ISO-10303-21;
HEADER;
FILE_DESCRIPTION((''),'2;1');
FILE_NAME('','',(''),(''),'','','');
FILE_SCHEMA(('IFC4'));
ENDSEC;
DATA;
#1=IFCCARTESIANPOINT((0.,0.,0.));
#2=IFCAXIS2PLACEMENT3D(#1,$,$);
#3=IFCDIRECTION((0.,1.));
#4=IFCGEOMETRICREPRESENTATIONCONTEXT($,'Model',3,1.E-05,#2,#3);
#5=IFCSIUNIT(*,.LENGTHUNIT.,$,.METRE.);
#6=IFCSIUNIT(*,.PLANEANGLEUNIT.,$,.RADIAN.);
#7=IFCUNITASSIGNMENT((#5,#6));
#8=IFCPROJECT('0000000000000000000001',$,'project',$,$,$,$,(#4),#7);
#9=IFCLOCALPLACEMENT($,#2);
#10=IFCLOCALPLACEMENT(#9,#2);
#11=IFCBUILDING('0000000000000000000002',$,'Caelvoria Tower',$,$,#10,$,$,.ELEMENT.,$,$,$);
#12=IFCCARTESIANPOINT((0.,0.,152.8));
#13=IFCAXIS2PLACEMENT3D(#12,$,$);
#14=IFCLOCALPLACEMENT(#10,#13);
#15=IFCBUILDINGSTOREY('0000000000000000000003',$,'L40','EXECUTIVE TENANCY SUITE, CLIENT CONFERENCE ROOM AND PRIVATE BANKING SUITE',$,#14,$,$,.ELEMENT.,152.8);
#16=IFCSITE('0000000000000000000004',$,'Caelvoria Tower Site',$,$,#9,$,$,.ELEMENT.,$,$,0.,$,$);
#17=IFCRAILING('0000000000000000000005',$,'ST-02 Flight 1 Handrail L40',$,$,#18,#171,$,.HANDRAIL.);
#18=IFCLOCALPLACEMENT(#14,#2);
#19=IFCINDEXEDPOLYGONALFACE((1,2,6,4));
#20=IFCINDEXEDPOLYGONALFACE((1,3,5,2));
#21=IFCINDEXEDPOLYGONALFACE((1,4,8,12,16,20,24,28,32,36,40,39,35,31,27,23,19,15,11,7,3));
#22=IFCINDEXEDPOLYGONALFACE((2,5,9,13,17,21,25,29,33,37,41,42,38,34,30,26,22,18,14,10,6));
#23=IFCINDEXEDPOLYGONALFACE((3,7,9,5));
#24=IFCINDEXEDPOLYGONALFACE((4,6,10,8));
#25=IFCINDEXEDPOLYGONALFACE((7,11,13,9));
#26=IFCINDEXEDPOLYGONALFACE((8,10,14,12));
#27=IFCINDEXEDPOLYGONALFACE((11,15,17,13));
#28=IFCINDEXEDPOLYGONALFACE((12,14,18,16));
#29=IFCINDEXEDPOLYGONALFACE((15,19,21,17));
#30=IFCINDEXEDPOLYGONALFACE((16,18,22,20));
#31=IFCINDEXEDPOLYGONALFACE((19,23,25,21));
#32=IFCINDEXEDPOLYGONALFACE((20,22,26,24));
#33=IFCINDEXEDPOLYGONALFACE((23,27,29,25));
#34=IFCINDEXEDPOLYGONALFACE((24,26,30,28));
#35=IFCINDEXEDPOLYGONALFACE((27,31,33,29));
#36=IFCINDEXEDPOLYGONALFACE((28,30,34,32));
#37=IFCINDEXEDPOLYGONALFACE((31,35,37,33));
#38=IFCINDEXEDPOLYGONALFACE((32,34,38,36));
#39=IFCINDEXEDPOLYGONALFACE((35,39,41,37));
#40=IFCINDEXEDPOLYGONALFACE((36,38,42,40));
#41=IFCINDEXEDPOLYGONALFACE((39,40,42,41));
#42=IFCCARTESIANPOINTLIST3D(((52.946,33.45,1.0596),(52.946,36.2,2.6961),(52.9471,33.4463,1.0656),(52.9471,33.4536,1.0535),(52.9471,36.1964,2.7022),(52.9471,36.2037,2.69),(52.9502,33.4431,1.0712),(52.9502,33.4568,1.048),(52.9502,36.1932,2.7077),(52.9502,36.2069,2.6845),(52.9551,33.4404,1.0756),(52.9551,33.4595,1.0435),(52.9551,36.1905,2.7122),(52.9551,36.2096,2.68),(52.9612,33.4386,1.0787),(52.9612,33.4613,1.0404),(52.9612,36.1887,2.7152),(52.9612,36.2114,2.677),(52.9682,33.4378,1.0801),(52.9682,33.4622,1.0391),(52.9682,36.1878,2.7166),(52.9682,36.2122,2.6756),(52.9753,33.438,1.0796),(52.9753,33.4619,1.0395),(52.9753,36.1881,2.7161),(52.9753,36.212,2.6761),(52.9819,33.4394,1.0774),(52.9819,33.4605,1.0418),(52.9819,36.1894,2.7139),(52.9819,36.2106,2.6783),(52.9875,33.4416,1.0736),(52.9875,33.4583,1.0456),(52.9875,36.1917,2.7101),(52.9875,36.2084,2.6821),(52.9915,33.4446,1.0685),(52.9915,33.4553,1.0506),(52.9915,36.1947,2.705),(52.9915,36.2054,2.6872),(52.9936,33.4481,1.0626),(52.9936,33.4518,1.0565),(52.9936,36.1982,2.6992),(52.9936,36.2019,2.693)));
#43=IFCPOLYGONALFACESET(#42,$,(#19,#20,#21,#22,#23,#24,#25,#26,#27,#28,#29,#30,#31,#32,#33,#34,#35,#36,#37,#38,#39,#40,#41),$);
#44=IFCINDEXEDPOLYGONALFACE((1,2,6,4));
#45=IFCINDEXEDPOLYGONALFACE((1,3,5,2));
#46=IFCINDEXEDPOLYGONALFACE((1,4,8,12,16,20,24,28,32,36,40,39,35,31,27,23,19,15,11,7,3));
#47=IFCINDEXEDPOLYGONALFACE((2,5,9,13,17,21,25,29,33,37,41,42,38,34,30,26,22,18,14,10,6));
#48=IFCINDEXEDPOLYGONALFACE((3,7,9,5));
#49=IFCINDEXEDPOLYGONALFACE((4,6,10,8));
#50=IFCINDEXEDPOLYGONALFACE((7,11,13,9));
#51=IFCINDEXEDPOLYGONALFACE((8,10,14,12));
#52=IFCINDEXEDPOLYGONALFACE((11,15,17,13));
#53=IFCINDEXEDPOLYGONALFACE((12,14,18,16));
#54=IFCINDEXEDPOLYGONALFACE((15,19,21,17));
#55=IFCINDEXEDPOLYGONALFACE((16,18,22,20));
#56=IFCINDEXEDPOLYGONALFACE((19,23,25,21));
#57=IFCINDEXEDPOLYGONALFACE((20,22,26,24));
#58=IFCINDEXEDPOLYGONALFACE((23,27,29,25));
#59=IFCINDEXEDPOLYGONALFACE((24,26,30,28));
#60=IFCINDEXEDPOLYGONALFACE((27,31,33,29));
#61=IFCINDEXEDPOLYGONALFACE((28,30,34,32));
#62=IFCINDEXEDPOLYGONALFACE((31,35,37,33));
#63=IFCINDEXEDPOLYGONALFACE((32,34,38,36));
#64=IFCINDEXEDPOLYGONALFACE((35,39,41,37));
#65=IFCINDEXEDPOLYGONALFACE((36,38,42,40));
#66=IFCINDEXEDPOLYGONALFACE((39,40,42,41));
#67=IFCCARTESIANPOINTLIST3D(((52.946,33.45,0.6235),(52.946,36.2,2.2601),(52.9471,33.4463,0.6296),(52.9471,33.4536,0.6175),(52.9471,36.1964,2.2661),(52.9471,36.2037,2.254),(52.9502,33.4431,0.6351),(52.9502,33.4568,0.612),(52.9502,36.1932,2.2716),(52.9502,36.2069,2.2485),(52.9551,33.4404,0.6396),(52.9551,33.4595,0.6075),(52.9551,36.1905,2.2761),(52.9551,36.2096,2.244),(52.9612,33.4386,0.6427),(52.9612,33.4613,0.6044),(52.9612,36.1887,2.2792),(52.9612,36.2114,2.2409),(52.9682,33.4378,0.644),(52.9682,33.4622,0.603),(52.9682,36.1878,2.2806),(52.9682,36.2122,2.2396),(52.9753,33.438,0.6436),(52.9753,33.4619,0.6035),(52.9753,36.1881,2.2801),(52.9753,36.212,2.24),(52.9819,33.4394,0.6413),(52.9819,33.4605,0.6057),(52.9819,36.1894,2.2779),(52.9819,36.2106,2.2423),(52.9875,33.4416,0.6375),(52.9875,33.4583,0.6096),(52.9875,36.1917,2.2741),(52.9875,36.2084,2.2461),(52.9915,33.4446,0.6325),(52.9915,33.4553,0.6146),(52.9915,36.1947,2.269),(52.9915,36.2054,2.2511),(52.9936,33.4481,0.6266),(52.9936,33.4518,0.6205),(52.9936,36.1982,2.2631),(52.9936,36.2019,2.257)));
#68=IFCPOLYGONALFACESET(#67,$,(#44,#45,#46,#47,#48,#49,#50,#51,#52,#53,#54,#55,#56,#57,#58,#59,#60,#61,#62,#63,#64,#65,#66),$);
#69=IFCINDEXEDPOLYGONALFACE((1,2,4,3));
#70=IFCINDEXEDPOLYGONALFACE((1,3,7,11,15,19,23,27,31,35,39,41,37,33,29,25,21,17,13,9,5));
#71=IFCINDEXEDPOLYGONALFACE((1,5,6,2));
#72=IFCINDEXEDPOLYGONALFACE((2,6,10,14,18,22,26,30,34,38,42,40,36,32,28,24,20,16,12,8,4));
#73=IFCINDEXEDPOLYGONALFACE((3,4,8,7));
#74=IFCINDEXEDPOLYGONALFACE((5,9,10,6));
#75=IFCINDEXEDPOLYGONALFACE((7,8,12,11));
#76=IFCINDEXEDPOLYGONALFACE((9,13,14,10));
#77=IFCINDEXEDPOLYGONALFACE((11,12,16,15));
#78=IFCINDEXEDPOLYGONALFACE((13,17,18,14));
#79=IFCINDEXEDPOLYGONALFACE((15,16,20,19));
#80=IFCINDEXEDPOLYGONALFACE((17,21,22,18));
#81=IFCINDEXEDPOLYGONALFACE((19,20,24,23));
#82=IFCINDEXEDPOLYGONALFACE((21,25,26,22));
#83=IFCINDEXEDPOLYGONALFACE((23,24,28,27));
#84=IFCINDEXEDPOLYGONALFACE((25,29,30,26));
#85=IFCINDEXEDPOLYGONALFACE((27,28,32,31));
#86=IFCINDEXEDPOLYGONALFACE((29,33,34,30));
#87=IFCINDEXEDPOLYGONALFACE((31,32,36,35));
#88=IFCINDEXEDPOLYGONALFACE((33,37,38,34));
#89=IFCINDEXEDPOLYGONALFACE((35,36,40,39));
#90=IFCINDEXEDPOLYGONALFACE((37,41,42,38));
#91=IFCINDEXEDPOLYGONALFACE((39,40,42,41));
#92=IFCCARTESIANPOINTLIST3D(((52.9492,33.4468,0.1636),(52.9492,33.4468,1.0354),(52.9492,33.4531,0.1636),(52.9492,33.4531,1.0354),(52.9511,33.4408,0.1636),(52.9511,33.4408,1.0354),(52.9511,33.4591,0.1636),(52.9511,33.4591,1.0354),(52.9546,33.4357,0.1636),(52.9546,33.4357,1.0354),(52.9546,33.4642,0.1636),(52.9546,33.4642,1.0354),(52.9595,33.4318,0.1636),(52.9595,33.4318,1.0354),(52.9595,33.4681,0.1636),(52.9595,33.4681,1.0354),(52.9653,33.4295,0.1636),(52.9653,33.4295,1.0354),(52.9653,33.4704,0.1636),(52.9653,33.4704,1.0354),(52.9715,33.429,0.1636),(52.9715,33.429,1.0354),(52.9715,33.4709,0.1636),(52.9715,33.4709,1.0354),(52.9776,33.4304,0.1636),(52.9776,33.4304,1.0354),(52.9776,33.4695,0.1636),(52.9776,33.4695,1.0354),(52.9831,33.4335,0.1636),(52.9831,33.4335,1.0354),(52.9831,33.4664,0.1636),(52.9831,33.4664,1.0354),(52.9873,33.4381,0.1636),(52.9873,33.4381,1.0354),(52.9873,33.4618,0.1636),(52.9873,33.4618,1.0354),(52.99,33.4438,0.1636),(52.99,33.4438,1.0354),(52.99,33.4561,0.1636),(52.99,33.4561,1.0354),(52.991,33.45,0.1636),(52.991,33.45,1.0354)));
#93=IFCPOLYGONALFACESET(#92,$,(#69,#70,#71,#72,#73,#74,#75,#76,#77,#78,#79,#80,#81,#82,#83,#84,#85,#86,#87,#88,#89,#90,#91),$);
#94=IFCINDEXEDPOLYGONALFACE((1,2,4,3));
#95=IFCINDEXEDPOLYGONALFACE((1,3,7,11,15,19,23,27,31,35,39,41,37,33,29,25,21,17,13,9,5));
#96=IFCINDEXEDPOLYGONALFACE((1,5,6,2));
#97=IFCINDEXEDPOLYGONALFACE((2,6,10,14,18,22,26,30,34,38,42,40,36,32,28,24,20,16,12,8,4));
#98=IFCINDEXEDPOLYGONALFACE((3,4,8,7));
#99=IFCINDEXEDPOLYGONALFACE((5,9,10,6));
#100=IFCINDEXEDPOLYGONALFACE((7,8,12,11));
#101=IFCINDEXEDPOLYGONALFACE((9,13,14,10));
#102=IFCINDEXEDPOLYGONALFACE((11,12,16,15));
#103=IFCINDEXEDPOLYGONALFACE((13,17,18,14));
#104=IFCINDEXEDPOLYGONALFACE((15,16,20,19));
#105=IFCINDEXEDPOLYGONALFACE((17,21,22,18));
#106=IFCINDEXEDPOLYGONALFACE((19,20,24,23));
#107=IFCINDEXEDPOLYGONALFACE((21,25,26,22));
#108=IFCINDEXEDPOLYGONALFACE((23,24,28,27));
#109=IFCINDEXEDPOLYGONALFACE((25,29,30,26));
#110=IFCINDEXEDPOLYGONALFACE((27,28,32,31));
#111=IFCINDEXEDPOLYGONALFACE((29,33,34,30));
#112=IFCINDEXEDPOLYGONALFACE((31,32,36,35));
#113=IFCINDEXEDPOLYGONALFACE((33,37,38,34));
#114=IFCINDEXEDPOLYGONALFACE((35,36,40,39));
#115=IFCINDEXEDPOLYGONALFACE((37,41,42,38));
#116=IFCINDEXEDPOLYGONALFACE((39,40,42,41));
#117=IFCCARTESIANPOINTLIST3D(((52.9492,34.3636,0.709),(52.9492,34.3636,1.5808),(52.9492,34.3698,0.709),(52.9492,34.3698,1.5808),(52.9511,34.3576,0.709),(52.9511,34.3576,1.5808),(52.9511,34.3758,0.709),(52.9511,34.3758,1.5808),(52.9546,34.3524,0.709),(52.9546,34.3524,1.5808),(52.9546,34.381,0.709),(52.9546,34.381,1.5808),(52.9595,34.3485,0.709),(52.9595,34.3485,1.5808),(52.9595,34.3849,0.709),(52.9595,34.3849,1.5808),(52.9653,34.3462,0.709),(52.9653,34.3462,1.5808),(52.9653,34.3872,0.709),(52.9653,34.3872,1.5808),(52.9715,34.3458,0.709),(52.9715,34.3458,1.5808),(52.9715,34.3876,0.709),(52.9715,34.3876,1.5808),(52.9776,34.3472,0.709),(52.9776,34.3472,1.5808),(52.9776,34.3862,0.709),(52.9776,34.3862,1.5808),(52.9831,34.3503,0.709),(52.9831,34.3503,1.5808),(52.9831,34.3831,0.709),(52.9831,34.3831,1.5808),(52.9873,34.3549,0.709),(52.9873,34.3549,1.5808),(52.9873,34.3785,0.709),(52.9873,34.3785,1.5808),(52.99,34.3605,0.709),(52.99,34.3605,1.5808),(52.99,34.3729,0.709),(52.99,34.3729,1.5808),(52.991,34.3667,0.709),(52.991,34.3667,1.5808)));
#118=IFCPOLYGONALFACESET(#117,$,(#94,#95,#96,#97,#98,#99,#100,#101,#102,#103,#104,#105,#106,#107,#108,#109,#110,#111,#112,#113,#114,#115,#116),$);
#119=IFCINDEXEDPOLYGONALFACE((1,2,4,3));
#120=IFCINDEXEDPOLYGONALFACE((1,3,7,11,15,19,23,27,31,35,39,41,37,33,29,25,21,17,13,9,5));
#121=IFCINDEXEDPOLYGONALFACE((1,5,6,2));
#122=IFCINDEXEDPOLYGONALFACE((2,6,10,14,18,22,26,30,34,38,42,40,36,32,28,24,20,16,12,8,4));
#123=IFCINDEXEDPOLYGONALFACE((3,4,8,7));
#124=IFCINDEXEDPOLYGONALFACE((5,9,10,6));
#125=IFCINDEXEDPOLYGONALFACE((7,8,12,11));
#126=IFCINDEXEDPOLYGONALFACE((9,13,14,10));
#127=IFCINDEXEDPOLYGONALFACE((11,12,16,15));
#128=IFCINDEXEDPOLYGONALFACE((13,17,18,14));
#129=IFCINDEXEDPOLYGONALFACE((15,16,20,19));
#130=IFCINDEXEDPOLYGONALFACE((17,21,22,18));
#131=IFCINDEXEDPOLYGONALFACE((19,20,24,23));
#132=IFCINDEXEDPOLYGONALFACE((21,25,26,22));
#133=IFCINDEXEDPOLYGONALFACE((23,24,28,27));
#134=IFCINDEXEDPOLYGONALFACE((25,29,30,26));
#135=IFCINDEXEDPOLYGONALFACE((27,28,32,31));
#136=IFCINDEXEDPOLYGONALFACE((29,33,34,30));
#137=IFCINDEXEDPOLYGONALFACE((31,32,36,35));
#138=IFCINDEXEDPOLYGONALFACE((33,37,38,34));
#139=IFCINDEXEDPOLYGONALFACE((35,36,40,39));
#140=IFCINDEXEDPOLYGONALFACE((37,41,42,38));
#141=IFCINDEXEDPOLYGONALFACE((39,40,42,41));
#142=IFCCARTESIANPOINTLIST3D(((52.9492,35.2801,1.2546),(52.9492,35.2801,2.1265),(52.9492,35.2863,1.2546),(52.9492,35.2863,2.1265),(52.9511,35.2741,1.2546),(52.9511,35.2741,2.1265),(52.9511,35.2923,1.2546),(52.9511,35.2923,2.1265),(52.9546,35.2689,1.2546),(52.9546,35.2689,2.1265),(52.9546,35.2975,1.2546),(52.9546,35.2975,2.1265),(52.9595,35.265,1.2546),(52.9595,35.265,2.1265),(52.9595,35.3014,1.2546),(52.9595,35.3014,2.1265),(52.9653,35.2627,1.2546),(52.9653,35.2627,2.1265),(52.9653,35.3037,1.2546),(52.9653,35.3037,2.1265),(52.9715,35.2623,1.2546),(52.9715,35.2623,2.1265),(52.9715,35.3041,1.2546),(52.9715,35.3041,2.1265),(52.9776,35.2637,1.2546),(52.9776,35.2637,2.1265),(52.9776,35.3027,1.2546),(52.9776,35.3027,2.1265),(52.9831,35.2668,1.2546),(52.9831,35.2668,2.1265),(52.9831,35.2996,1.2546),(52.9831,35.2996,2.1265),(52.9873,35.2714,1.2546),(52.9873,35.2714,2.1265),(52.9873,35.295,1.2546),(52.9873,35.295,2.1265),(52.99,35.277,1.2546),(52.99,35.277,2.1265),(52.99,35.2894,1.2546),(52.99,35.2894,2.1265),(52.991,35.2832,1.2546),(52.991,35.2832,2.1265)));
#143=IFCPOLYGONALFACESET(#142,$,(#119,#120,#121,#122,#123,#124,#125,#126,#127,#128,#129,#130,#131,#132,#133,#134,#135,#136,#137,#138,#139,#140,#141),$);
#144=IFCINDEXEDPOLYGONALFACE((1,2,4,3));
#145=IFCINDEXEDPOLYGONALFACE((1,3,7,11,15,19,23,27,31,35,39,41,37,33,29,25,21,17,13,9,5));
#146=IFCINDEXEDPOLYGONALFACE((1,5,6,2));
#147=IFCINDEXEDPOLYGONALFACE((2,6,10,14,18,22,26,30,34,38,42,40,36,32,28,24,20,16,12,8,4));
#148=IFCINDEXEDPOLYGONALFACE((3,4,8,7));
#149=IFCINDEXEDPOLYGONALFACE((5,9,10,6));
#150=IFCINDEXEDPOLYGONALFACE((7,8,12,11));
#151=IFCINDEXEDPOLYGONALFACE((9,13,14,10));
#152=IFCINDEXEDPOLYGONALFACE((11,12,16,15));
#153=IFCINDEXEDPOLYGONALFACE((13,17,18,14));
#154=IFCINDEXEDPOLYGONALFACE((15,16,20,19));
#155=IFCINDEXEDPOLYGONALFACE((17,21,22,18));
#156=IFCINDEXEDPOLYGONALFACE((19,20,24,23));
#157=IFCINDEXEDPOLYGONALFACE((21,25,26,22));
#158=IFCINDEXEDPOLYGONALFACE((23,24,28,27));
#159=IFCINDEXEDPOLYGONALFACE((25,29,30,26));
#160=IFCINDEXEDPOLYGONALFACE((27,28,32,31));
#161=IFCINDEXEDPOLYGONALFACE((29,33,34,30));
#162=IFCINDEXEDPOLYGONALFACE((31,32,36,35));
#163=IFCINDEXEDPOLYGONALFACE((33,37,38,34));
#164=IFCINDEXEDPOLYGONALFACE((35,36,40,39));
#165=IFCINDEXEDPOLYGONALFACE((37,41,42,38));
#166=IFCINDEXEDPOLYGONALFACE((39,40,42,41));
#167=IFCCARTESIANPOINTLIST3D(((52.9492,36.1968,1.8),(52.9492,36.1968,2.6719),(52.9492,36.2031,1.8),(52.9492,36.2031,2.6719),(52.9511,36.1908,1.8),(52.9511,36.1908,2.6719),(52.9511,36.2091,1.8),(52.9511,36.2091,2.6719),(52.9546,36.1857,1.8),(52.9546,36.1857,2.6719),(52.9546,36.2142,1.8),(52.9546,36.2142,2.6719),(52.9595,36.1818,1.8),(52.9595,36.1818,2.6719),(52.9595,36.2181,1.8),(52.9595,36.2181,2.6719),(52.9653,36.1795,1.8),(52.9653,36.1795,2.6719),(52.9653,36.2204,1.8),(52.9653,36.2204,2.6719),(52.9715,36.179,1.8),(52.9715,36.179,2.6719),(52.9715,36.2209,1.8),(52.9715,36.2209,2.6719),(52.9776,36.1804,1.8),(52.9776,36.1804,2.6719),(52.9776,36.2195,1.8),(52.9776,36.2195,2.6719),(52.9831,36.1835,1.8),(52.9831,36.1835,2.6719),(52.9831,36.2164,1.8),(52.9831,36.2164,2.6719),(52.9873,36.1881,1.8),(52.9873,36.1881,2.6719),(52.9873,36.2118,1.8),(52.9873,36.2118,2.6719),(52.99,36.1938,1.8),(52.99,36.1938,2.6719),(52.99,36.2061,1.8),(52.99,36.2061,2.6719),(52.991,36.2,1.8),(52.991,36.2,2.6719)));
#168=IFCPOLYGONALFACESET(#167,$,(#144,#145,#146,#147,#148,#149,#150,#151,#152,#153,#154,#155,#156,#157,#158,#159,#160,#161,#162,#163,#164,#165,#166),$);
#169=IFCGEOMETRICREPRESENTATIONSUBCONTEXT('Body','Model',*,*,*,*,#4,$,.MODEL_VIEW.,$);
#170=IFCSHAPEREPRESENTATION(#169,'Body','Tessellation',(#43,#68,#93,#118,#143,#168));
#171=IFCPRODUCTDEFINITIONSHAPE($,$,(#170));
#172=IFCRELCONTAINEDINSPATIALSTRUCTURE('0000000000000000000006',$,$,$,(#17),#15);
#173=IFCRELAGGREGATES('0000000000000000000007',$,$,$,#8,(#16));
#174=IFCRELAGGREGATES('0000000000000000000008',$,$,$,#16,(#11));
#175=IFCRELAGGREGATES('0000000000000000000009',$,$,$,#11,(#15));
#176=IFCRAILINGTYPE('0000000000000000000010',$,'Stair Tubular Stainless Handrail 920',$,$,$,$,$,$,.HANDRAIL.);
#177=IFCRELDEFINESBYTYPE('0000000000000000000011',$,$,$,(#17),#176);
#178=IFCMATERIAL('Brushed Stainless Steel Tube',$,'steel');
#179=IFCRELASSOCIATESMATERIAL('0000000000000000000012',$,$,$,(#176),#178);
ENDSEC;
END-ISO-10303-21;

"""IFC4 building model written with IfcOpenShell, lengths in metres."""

from ifc_helpers import new_model, si_unit, direction, frame, origin, origin_2d, place, context, subcontext, project, spatial, circle, extrude, material, type_object, element, save


model = new_model("IFC4")

# Units and contexts
model_context = context("Model", 3, precision=1e-05, world=origin(), true_north=direction((0.0, 1.0)))
body_context = subcontext(model_context, "Body", "Model", "MODEL_VIEW")
ifc_project = project(units=[si_unit("LENGTHUNIT", "METRE"), si_unit("PLANEANGLEUNIT", "RADIAN")], contexts=[model_context])

# Site, building, storey
site_placement = place(None, origin())
site = spatial("IfcSite", under=ifc_project, at=site_placement, Name="Caelvoria Tower Site", CompositionType="ELEMENT", RefElevation=0.0)
building_placement = place(site_placement, origin())
building = spatial("IfcBuilding", under=site, at=building_placement, Name="Caelvoria Tower", CompositionType="ELEMENT")
storey_placement = place(building_placement, frame((0.0, 0.0, 152.8)))
storey = spatial("IfcBuildingStorey", under=building, at=storey_placement, Name="L40", Description="EXECUTIVE TENANCY SUITE, CLIENT CONFERENCE ROOM AND PRIVATE BANKING SUITE", CompositionType="ELEMENT", Elevation=152.8)

# Railing
ifc_material_1 = material(Name="Brushed Stainless Steel Tube", Category="steel")
railing_type_1 = type_object("IfcRailingType", Name="Stair Tubular Stainless Handrail 920", PredefinedType="HANDRAIL", material=ifc_material_1)
railing_1_placement = place(storey_placement, frame((52.97, 33.45, 0.1636)))
element("IfcRailing", 1, at=railing_1_placement, inside=storey, type_object=railing_type_1, Name="ST-02 Flight 1 Handrail L40", PredefinedType="HANDRAIL", context=body_context, shape_type="SweptSolid", body=[
    extrude(circle(Radius=0.0239, at=origin_2d()), frame((0.0, 0.0, 0.896), z_axis=(0.0, 0.859352, 0.511385), x_axis=(-1.0, 0.0, 0.0)), (0.0, 0.0, 1.0), 3.2002),
    extrude(circle(Radius=0.0239, at=origin_2d()), frame((0.0, 0.0, 0.46), z_axis=(0.0, 0.859352, 0.511385), x_axis=(-1.0, 0.0, 0.0)), (0.0, 0.0, 1.0), 3.2002),
    extrude(circle(Radius=0.021, at=origin_2d()), origin(), (0.0, 0.0, 1.0), 0.8718),
    extrude(circle(Radius=0.021, at=origin_2d()), frame((0.0, 0.9167, 0.5454)), (0.0, 0.0, 1.0), 0.8718),
    extrude(circle(Radius=0.021, at=origin_2d()), frame((0.0, 1.8333, 1.0911)), (0.0, 0.0, 1.0), 0.8718),
    extrude(circle(Radius=0.021, at=origin_2d()), frame((0.0, 2.75, 1.6365)), (0.0, 0.0, 1.0), 0.8718),
])

save(model, "model.ifc")
